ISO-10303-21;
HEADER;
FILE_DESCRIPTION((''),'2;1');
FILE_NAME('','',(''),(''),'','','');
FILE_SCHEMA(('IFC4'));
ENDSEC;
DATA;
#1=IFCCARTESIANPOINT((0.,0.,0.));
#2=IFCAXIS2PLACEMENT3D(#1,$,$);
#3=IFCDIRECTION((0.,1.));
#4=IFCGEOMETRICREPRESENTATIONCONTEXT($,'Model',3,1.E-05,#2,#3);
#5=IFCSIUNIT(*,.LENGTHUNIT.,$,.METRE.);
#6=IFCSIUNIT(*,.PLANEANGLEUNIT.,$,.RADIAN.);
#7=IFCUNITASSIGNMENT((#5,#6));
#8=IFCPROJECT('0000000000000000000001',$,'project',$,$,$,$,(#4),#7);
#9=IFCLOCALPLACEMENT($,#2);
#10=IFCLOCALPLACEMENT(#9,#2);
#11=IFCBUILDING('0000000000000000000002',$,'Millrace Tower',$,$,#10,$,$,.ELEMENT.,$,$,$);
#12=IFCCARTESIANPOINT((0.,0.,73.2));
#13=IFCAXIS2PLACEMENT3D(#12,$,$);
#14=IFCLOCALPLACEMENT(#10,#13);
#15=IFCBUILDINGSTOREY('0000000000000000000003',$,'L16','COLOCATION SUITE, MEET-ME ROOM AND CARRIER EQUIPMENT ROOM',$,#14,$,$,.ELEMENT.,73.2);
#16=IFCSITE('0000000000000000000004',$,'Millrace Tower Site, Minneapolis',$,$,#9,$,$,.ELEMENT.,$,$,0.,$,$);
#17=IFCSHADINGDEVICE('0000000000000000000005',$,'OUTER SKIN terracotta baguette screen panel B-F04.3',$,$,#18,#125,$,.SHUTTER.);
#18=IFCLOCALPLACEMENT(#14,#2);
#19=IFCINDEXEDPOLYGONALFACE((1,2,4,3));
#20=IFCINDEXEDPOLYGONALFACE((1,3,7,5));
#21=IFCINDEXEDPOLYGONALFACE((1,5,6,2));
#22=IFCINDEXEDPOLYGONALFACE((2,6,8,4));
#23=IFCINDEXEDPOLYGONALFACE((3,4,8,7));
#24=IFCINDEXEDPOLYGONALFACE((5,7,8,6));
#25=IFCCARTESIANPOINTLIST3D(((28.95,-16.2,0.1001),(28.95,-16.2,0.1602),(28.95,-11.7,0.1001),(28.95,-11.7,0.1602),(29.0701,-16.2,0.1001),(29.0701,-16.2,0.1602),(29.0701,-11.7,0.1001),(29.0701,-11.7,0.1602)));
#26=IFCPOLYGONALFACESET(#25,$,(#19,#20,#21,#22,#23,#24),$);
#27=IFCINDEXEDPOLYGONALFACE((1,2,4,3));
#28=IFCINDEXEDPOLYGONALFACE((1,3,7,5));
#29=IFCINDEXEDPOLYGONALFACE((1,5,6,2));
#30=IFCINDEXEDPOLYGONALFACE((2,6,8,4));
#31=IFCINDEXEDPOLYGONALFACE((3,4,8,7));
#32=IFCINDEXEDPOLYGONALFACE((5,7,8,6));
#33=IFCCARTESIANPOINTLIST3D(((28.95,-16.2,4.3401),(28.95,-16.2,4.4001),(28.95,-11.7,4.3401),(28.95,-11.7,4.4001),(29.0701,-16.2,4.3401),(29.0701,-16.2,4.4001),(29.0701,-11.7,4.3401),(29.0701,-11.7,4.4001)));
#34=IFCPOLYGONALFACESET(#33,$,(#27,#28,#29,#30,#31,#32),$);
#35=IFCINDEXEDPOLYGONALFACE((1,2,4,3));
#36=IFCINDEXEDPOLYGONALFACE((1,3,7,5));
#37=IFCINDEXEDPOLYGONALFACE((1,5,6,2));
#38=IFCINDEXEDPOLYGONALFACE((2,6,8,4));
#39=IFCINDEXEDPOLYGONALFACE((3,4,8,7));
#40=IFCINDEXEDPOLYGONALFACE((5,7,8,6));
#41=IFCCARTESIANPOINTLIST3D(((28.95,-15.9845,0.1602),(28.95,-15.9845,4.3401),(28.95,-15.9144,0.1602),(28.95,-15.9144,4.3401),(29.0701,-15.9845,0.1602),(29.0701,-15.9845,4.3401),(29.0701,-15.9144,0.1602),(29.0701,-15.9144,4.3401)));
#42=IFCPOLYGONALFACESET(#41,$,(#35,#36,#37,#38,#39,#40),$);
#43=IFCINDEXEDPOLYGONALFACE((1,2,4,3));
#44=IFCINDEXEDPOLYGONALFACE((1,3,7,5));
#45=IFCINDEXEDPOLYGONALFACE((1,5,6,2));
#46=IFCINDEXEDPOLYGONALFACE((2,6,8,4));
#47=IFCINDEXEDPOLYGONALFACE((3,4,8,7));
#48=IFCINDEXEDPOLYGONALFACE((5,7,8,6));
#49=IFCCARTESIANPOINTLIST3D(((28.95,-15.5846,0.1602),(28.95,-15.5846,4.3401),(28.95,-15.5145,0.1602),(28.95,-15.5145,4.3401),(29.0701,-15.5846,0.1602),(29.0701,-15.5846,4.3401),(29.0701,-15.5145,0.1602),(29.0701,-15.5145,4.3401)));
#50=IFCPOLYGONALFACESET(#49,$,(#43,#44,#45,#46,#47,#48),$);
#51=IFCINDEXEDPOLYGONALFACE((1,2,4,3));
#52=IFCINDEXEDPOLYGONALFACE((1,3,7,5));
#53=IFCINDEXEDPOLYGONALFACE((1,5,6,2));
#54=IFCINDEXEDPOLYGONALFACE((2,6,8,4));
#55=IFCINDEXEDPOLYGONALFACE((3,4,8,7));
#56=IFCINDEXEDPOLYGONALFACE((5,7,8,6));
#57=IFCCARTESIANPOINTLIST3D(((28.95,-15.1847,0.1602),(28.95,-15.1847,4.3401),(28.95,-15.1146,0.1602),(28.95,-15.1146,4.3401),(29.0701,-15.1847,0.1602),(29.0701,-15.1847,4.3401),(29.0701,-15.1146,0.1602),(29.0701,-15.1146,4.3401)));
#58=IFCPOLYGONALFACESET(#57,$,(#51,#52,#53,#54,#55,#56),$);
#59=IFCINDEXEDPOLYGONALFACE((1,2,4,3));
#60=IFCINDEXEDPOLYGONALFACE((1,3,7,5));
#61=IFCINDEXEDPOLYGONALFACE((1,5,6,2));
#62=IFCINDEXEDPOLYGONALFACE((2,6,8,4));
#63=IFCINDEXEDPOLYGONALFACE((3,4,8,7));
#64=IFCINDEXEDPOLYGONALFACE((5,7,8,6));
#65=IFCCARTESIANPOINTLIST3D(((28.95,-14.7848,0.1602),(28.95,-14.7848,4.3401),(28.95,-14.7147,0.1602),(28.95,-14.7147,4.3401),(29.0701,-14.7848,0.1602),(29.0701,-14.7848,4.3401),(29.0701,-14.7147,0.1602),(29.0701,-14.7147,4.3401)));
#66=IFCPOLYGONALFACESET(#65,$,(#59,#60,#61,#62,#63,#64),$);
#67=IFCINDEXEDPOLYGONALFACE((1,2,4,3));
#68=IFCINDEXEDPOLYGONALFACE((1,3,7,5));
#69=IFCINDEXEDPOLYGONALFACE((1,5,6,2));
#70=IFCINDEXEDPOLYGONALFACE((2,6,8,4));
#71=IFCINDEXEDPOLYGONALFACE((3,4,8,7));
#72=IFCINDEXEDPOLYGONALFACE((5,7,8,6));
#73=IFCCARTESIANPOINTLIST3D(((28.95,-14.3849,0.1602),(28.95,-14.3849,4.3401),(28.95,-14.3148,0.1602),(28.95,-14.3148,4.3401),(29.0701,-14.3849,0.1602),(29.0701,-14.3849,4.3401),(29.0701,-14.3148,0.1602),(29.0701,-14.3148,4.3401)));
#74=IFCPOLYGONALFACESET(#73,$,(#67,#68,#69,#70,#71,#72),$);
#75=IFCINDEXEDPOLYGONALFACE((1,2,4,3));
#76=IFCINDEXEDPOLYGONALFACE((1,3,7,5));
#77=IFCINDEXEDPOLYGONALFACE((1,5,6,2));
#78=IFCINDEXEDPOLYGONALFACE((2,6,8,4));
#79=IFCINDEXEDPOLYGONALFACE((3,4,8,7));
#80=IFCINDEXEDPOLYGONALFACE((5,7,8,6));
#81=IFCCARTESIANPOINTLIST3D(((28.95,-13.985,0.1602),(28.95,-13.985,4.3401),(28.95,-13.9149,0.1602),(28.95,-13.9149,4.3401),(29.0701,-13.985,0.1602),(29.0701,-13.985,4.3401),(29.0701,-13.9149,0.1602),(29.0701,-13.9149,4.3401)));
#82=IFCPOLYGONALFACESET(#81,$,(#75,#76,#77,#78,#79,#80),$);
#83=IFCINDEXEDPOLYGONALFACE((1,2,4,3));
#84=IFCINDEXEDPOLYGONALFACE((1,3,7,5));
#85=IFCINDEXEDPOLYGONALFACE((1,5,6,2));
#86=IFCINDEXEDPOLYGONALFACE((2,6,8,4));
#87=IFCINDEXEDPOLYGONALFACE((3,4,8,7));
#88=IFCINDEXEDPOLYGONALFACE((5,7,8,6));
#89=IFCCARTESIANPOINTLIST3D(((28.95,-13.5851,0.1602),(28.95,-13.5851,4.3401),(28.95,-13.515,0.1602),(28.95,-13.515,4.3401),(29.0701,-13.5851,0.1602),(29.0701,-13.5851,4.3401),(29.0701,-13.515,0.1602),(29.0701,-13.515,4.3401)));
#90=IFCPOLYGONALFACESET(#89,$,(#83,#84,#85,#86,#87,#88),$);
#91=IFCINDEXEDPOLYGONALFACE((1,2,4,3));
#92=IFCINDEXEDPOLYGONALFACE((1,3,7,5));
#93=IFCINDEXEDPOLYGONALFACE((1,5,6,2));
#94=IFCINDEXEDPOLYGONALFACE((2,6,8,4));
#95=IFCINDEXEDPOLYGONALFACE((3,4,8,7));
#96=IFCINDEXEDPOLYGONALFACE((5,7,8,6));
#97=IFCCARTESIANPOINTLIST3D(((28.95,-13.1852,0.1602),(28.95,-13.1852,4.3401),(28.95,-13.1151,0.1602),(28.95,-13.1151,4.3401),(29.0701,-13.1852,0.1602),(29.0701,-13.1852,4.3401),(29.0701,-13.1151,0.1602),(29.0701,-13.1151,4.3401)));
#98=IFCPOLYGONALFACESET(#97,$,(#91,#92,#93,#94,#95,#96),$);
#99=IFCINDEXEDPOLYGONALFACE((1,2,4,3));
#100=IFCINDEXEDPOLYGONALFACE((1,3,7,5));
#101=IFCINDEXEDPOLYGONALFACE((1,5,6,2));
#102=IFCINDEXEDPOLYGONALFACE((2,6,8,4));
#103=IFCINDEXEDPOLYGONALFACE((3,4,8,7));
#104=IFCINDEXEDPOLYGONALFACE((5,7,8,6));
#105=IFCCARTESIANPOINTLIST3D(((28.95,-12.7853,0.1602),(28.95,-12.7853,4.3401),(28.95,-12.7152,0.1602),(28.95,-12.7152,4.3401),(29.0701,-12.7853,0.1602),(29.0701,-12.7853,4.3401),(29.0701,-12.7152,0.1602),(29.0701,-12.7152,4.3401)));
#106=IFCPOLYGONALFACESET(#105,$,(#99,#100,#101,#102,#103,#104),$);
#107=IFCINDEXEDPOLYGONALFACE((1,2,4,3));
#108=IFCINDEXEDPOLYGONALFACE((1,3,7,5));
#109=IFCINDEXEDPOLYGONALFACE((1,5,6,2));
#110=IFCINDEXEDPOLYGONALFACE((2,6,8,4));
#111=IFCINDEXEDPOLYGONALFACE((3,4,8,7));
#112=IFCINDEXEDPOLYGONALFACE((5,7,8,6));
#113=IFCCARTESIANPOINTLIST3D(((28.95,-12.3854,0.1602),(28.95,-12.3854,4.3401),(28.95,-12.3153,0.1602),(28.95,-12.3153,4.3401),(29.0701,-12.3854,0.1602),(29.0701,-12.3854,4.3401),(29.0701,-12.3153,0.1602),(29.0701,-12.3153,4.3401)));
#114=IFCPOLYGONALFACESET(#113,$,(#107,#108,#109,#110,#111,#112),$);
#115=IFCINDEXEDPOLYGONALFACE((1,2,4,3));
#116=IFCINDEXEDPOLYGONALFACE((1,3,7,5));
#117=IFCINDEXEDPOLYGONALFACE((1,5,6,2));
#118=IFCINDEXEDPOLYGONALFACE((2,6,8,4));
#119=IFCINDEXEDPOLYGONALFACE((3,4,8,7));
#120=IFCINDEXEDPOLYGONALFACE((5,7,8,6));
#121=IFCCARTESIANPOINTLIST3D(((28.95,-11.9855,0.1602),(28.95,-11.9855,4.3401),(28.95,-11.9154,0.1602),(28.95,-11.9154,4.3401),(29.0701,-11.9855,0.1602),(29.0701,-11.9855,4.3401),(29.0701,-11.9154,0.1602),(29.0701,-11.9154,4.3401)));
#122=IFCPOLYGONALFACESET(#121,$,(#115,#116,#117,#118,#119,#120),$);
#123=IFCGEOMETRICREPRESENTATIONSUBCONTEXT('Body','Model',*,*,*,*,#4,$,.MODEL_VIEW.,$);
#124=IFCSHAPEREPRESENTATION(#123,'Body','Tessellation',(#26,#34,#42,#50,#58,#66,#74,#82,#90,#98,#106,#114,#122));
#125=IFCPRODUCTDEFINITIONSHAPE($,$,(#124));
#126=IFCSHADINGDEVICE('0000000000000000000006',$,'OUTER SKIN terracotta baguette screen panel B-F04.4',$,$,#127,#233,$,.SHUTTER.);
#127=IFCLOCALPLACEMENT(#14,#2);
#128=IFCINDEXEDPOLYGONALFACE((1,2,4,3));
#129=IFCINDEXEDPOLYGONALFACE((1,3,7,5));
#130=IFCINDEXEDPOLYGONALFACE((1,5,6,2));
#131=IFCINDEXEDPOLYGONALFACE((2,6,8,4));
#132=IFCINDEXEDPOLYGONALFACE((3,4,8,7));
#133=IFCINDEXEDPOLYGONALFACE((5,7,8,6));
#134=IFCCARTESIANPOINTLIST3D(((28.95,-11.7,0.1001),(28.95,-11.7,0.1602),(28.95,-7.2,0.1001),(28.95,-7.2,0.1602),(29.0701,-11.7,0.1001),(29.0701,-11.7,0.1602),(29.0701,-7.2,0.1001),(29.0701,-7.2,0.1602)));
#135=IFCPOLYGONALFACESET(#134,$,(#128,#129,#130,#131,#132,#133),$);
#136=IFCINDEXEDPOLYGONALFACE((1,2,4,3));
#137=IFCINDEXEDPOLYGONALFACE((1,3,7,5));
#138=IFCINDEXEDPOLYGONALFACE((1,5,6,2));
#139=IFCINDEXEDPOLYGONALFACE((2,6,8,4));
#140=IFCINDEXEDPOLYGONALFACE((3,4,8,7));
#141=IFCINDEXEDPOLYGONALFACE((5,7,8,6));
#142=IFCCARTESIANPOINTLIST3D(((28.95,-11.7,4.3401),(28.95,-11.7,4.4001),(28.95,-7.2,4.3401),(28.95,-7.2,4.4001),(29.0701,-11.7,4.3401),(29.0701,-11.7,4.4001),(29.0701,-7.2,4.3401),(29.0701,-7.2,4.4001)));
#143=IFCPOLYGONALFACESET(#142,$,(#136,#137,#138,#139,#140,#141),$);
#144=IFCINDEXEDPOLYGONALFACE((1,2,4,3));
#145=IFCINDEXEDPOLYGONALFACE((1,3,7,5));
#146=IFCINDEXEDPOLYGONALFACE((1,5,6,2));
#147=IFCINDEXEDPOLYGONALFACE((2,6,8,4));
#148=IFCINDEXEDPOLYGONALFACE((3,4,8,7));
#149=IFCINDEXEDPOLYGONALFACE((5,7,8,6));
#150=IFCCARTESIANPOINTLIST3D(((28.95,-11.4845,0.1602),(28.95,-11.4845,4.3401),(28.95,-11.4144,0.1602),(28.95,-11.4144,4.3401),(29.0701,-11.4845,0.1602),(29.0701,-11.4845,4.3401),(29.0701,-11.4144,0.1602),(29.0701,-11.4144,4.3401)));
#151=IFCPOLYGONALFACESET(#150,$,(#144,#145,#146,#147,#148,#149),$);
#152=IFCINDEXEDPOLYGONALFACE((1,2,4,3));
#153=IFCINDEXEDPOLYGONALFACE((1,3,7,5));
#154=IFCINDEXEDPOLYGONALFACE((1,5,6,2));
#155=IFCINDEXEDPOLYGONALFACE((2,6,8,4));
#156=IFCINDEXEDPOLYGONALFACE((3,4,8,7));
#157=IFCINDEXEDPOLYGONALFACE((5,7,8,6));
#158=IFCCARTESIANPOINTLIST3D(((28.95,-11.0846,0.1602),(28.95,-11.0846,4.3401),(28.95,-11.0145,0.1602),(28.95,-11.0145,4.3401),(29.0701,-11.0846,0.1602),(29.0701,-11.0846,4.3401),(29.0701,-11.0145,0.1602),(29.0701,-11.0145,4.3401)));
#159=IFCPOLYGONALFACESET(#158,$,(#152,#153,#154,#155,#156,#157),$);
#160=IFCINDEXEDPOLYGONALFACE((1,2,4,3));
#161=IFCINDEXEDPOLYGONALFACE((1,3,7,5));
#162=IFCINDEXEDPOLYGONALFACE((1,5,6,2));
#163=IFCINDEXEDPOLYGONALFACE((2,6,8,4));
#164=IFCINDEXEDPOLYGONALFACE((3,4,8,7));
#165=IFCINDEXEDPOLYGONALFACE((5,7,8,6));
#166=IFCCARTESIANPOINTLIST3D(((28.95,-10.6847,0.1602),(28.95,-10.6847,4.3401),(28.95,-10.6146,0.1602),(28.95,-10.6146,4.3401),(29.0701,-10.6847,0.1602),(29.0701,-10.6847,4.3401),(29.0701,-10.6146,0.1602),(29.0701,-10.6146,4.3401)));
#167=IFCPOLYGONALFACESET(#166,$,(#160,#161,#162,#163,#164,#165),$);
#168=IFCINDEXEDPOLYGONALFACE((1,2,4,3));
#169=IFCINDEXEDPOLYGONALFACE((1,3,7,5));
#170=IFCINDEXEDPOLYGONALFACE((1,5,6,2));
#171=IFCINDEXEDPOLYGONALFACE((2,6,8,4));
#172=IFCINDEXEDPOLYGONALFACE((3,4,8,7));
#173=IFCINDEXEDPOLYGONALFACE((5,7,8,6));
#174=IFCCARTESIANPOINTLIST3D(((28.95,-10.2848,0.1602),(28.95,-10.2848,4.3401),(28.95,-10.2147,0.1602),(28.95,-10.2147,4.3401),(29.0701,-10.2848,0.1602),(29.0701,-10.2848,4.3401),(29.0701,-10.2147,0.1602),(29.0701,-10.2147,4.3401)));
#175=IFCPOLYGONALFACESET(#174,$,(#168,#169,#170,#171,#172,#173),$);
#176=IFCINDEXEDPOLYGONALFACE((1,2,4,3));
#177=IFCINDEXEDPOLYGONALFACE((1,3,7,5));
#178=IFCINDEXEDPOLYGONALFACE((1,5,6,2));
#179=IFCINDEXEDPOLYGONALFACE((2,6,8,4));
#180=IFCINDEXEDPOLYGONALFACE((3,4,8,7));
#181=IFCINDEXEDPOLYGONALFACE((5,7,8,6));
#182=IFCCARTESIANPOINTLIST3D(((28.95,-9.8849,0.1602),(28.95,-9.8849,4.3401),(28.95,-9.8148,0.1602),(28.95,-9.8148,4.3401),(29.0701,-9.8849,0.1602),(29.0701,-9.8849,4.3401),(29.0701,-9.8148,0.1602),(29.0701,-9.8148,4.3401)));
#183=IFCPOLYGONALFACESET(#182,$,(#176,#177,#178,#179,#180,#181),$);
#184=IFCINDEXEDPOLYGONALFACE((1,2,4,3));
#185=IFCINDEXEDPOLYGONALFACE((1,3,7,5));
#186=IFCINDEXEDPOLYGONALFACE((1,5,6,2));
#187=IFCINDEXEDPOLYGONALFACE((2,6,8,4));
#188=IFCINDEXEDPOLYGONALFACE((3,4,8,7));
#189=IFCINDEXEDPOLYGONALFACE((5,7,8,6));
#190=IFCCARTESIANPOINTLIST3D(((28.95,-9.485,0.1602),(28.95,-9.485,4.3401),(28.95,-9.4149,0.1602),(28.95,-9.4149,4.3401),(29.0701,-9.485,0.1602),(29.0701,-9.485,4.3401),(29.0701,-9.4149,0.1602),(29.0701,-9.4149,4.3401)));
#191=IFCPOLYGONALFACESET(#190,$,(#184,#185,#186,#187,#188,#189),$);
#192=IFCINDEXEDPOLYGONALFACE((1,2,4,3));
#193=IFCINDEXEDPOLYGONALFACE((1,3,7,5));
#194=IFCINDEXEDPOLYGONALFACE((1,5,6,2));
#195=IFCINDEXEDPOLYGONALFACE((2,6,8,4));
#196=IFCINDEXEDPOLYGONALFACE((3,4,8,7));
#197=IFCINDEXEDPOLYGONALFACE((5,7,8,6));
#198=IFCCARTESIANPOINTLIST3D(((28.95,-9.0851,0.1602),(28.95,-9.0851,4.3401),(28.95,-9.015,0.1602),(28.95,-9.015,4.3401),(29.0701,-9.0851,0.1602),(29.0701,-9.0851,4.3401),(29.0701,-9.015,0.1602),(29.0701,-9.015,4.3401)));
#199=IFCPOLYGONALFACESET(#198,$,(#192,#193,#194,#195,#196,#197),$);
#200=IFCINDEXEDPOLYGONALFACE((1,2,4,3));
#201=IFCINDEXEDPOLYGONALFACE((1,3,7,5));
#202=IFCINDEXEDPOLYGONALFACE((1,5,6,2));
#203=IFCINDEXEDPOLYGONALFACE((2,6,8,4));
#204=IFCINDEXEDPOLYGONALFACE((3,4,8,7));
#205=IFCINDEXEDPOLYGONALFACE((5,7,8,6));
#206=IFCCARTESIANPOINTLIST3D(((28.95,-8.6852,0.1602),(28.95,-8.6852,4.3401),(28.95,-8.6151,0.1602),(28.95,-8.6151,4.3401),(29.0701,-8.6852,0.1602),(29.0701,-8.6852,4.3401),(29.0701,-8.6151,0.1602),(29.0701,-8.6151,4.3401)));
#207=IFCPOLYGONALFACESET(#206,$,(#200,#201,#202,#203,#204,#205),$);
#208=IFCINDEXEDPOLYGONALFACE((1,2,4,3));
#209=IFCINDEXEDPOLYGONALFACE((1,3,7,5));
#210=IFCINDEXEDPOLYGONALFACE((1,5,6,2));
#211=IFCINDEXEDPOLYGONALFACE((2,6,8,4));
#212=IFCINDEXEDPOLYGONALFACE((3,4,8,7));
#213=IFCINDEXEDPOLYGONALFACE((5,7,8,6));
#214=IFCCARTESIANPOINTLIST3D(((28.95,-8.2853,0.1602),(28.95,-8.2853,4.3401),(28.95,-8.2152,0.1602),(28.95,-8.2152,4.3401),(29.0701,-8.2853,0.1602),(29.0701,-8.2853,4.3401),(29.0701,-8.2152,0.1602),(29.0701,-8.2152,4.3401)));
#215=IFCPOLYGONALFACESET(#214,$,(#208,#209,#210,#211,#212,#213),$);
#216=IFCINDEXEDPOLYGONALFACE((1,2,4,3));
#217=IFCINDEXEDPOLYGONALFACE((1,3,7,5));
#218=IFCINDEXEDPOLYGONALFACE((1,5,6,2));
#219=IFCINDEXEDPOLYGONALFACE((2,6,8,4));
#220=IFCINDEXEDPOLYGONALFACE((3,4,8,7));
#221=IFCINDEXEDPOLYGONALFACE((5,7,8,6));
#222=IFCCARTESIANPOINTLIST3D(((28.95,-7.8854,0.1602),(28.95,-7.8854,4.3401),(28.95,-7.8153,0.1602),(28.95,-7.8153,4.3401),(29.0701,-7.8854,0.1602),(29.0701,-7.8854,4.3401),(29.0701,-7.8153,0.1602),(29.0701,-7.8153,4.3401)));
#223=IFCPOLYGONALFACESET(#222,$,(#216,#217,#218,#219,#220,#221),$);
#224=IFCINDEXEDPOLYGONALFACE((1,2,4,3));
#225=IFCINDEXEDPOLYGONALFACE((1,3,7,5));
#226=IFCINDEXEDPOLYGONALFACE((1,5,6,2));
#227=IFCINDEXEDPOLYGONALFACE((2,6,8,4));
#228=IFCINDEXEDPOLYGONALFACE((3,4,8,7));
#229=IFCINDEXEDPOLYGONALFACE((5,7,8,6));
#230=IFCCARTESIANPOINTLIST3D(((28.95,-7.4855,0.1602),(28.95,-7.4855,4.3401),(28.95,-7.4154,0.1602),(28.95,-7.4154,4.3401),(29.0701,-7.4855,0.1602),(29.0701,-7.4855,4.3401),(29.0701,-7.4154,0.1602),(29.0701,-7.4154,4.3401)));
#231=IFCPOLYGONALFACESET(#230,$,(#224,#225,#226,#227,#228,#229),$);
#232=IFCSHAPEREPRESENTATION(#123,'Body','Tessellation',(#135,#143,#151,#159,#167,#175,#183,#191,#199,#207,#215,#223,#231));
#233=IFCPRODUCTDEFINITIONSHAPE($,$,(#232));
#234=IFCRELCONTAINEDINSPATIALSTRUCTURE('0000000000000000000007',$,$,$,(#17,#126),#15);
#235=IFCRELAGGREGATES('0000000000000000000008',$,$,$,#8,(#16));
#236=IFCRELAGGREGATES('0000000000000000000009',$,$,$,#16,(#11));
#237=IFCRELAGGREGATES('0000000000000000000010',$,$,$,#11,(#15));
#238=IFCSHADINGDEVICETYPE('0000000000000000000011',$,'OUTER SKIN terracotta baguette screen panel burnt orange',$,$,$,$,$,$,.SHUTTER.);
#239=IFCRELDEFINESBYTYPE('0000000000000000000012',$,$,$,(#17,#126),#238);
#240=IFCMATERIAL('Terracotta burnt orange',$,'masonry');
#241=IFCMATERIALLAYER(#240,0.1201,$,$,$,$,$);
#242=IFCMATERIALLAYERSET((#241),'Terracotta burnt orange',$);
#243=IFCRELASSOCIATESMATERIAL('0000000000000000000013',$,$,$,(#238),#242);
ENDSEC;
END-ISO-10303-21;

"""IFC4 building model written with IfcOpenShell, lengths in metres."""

from ifc_helpers import new_model, entity, si_unit, direction, frame, frame_2d, origin, origin_2d, place, context, subcontext, project, spatial, rectangle, extrude, source, transform, mapped, material, layer, layer_set, type_object, element, save


model = new_model("IFC4")

# Units and contexts
model_context = context("Model", 3, precision=1e-05, world=origin(), true_north=direction((0.0, 1.0)))
body_context = subcontext(model_context, "Body", "Model", "MODEL_VIEW")
ifc_project = project(units=[si_unit("LENGTHUNIT", "METRE"), si_unit("PLANEANGLEUNIT", "RADIAN")], contexts=[model_context])

# Site, building, storey
site_placement = place(None, origin())
site = spatial("IfcSite", under=ifc_project, at=site_placement, Name="Millrace Tower Site, Minneapolis", CompositionType="ELEMENT", RefElevation=0.0)
building_placement = place(site_placement, origin())
building = spatial("IfcBuilding", under=site, at=building_placement, Name="Millrace Tower", CompositionType="ELEMENT")
storey_placement = place(building_placement, frame((0.0, 0.0, 73.2)))
storey = spatial("IfcBuildingStorey", under=building, at=storey_placement, Name="L16", Description="COLOCATION SUITE, MEET-ME ROOM AND CARRIER EQUIPMENT ROOM", CompositionType="ELEMENT", Elevation=73.2)

# Shading devices
ifc_material_1 = material(Name="Terracotta burnt orange", Category="masonry")
ifc_layer_1 = layer(ifc_material_1, 0.1201)
ifc_layer_set_1 = layer_set([ifc_layer_1], Name="Terracotta burnt orange")
shading_device_type = type_object("IfcShadingDeviceType", Name="OUTER SKIN terracotta baguette screen panel burnt orange", PredefinedType="SHUTTER", material=ifc_layer_set_1)
cartesian_point = entity("IfcCartesianPoint", [-2.25, 0.0601])
shared_polyline = entity("IfcPolyline", [cartesian_point, entity("IfcCartesianPoint", [2.25, 0.0601]), entity("IfcCartesianPoint", [2.25, -0.0601]), entity("IfcCartesianPoint", [-2.25, -0.0601]), cartesian_point])
shared_shape = source(origin(), body_context, "Body", "SweptSolid", [
    entity("IfcExtrudedAreaSolid", entity("IfcArbitraryClosedProfileDef", "AREA", None, shared_polyline), entity("IfcAxis2Placement3D", entity("IfcCartesianPoint", [0.0, 0.0, 0.0])), entity("IfcDirection", [0.0, 0.0, 1.0]), 0.0601),
    entity("IfcExtrudedAreaSolid", entity("IfcArbitraryClosedProfileDef", "AREA", None, shared_polyline), entity("IfcAxis2Placement3D", entity("IfcCartesianPoint", [0.0, 0.0, 4.24])), entity("IfcDirection", [0.0, 0.0, 1.0]), 0.0601),
    extrude(rectangle(XDim=0.0701, YDim=0.1201, at=frame_2d((-1.9995, 0.0))), frame((0.0, 0.0, 0.0601)), (0.0, 0.0, 1.0), 4.1799),
    extrude(rectangle(XDim=0.0701, YDim=0.1201, at=frame_2d((-1.5996, 0.0))), frame((0.0, 0.0, 0.0601)), (0.0, 0.0, 1.0), 4.1799),
    extrude(rectangle(XDim=0.0701, YDim=0.1201, at=frame_2d((-1.1997, 0.0))), frame((0.0, 0.0, 0.0601)), (0.0, 0.0, 1.0), 4.1799),
    extrude(rectangle(XDim=0.0701, YDim=0.1201, at=frame_2d((-0.7998, 0.0))), frame((0.0, 0.0, 0.0601)), (0.0, 0.0, 1.0), 4.1799),
    extrude(rectangle(XDim=0.0701, YDim=0.1201, at=frame_2d((-0.3999, 0.0))), frame((0.0, 0.0, 0.0601)), (0.0, 0.0, 1.0), 4.1799),
    extrude(rectangle(XDim=0.0701, YDim=0.1201, at=origin_2d()), frame((0.0, 0.0, 0.0601)), (0.0, 0.0, 1.0), 4.1799),
    extrude(rectangle(XDim=0.0701, YDim=0.1201, at=frame_2d((0.3999, 0.0))), frame((0.0, 0.0, 0.0601)), (0.0, 0.0, 1.0), 4.1799),
    extrude(rectangle(XDim=0.0701, YDim=0.1201, at=frame_2d((0.7998, 0.0))), frame((0.0, 0.0, 0.0601)), (0.0, 0.0, 1.0), 4.1799),
    extrude(rectangle(XDim=0.0701, YDim=0.1201, at=frame_2d((1.1997, 0.0))), frame((0.0, 0.0, 0.0601)), (0.0, 0.0, 1.0), 4.1799),
    extrude(rectangle(XDim=0.0701, YDim=0.1201, at=frame_2d((1.5996, 0.0))), frame((0.0, 0.0, 0.0601)), (0.0, 0.0, 1.0), 4.1799),
    extrude(rectangle(XDim=0.0701, YDim=0.1201, at=frame_2d((1.9995, 0.0))), frame((0.0, 0.0, 0.0601)), (0.0, 0.0, 1.0), 4.1799),
])
for number, where, z_axis, x_axis, name in (
    (1, (29.01, -13.95, 0.1001), (0.0, 0.0, 1.0), (0.0, 1.0, 0.0), "OUTER SKIN terracotta baguette screen panel B-F04.3"),
    (2, (29.01, -9.45, 0.1001), (0.0, 0.0, 1.0), (0.0, 1.0, 0.0), "OUTER SKIN terracotta baguette screen panel B-F04.4"),
):
    element("IfcShadingDevice", number, at=place(storey_placement, frame(where, z_axis=z_axis, x_axis=x_axis)), inside=storey, type_object=shading_device_type, Name=name, PredefinedType="SHUTTER", context=body_context, shape_type="MappedRepresentation", body=[
        mapped(shared_shape, transform((0.0, 0.0, 0.0), scale=1.0)),
    ])

save(model, "model.ifc")
